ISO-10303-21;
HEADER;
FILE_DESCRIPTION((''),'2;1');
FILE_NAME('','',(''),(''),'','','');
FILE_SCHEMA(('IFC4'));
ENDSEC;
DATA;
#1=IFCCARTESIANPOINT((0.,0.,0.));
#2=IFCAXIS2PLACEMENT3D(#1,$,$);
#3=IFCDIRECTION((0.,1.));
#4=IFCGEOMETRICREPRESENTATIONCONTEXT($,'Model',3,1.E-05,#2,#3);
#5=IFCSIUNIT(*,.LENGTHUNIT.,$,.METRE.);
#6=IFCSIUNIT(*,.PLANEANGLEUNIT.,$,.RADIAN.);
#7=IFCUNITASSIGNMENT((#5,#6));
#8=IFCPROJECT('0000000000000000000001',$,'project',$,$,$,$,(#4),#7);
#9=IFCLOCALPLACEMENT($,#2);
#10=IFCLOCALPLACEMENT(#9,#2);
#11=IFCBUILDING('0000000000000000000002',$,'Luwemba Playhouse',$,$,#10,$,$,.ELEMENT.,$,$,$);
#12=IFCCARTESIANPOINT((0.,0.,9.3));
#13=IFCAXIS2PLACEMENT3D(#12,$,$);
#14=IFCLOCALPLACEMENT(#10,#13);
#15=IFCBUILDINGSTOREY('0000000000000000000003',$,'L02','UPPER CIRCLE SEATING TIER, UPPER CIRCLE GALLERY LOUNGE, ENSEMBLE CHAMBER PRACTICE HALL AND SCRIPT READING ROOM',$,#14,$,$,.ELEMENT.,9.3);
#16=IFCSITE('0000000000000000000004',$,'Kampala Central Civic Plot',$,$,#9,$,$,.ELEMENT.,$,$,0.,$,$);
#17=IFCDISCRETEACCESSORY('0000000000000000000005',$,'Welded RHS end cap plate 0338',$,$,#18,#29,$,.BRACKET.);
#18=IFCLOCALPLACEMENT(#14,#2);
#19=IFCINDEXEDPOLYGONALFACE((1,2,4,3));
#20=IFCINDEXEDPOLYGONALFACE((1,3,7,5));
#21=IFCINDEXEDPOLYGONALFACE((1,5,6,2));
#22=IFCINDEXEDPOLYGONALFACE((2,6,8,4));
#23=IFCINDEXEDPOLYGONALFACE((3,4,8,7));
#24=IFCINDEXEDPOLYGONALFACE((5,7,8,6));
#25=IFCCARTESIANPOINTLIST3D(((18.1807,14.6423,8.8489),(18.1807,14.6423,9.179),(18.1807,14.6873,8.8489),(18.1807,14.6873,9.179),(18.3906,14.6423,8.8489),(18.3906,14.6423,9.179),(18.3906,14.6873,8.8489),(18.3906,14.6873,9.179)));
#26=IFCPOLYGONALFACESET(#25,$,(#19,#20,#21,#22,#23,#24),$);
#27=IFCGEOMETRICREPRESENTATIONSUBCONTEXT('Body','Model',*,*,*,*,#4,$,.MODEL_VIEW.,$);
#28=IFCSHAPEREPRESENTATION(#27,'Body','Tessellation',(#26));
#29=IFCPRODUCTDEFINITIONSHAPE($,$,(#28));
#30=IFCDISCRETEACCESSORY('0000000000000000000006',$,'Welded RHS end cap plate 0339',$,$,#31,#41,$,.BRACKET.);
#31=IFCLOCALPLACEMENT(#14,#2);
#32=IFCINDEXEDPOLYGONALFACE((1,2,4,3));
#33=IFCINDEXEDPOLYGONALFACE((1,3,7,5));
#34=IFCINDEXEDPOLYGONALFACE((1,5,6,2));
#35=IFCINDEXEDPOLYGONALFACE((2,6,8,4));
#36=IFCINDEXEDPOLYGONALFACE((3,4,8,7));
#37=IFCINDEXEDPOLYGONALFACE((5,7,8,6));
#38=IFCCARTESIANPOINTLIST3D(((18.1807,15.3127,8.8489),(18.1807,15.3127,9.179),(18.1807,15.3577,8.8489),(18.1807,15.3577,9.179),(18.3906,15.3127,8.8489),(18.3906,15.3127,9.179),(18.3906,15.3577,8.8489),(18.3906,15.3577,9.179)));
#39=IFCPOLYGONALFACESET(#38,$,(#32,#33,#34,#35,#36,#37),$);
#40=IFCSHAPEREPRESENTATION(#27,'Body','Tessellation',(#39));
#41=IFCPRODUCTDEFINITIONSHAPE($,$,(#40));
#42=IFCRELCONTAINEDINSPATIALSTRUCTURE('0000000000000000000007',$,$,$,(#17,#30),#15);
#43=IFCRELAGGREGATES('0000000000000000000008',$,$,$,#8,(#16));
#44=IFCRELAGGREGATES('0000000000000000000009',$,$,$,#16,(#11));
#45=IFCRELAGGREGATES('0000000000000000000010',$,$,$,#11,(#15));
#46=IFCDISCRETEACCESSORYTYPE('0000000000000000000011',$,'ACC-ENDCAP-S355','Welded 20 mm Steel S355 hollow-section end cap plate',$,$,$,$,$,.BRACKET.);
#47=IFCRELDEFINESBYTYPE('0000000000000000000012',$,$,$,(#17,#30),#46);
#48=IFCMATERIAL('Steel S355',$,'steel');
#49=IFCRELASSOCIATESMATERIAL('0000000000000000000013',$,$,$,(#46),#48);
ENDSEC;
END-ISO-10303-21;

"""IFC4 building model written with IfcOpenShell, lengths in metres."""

from ifc_helpers import new_model, si_unit, direction, frame, origin, origin_2d, place, context, subcontext, project, spatial, rectangle, extrude, material, type_object, element, save


model = new_model("IFC4")

# Units and contexts
model_context = context("Model", 3, precision=1e-05, world=origin(), true_north=direction((0.0, 1.0)))
body_context = subcontext(model_context, "Body", "Model", "MODEL_VIEW")
ifc_project = project(units=[si_unit("LENGTHUNIT", "METRE"), si_unit("PLANEANGLEUNIT", "RADIAN")], contexts=[model_context])

# Site, building, storey
site_placement = place(None, origin())
site = spatial("IfcSite", under=ifc_project, at=site_placement, Name="Kampala Central Civic Plot", CompositionType="ELEMENT", RefElevation=0.0)
building_placement = place(site_placement, origin())
building = spatial("IfcBuilding", under=site, at=building_placement, Name="Luwemba Playhouse", CompositionType="ELEMENT")
storey_placement = place(building_placement, frame((0.0, 0.0, 9.3)))
storey = spatial("IfcBuildingStorey", under=building, at=storey_placement, Name="L02", Description="UPPER CIRCLE SEATING TIER, UPPER CIRCLE GALLERY LOUNGE, ENSEMBLE CHAMBER PRACTICE HALL AND SCRIPT READING ROOM", CompositionType="ELEMENT", Elevation=9.3)

# Shared definitions
ifc_material_1 = material(Name="Steel S355", Category="steel")

# Discrete accessories
discrete_accessory_type = type_object("IfcDiscreteAccessoryType", Name="ACC-ENDCAP-S355", Description="Welded 20 mm Steel S355 hollow-section end cap plate", PredefinedType="BRACKET", material=ifc_material_1)
for number, where, z_axis, x_axis, name in (
    (1, (18.2856, 14.6648, 8.8489), (0.0, 0.0, 1.0), (1.0, 0.0, 0.0), "Welded RHS end cap plate 0338"),
    (2, (18.2856, 15.3352, 8.8489), (0.0, 0.0, 1.0), (1.0, 0.0, 0.0), "Welded RHS end cap plate 0339"),
):
    element("IfcDiscreteAccessory", number, at=place(storey_placement, frame(where, z_axis=z_axis, x_axis=x_axis)), inside=storey, type_object=discrete_accessory_type, Name=name, PredefinedType="BRACKET", context=body_context, shape_type="SweptSolid", body=[
        extrude(rectangle(XDim=0.21, YDim=0.0449, at=origin_2d()), origin(), (0.0, 0.0, 1.0), 0.3301),
    ])

save(model, "model.ifc")
